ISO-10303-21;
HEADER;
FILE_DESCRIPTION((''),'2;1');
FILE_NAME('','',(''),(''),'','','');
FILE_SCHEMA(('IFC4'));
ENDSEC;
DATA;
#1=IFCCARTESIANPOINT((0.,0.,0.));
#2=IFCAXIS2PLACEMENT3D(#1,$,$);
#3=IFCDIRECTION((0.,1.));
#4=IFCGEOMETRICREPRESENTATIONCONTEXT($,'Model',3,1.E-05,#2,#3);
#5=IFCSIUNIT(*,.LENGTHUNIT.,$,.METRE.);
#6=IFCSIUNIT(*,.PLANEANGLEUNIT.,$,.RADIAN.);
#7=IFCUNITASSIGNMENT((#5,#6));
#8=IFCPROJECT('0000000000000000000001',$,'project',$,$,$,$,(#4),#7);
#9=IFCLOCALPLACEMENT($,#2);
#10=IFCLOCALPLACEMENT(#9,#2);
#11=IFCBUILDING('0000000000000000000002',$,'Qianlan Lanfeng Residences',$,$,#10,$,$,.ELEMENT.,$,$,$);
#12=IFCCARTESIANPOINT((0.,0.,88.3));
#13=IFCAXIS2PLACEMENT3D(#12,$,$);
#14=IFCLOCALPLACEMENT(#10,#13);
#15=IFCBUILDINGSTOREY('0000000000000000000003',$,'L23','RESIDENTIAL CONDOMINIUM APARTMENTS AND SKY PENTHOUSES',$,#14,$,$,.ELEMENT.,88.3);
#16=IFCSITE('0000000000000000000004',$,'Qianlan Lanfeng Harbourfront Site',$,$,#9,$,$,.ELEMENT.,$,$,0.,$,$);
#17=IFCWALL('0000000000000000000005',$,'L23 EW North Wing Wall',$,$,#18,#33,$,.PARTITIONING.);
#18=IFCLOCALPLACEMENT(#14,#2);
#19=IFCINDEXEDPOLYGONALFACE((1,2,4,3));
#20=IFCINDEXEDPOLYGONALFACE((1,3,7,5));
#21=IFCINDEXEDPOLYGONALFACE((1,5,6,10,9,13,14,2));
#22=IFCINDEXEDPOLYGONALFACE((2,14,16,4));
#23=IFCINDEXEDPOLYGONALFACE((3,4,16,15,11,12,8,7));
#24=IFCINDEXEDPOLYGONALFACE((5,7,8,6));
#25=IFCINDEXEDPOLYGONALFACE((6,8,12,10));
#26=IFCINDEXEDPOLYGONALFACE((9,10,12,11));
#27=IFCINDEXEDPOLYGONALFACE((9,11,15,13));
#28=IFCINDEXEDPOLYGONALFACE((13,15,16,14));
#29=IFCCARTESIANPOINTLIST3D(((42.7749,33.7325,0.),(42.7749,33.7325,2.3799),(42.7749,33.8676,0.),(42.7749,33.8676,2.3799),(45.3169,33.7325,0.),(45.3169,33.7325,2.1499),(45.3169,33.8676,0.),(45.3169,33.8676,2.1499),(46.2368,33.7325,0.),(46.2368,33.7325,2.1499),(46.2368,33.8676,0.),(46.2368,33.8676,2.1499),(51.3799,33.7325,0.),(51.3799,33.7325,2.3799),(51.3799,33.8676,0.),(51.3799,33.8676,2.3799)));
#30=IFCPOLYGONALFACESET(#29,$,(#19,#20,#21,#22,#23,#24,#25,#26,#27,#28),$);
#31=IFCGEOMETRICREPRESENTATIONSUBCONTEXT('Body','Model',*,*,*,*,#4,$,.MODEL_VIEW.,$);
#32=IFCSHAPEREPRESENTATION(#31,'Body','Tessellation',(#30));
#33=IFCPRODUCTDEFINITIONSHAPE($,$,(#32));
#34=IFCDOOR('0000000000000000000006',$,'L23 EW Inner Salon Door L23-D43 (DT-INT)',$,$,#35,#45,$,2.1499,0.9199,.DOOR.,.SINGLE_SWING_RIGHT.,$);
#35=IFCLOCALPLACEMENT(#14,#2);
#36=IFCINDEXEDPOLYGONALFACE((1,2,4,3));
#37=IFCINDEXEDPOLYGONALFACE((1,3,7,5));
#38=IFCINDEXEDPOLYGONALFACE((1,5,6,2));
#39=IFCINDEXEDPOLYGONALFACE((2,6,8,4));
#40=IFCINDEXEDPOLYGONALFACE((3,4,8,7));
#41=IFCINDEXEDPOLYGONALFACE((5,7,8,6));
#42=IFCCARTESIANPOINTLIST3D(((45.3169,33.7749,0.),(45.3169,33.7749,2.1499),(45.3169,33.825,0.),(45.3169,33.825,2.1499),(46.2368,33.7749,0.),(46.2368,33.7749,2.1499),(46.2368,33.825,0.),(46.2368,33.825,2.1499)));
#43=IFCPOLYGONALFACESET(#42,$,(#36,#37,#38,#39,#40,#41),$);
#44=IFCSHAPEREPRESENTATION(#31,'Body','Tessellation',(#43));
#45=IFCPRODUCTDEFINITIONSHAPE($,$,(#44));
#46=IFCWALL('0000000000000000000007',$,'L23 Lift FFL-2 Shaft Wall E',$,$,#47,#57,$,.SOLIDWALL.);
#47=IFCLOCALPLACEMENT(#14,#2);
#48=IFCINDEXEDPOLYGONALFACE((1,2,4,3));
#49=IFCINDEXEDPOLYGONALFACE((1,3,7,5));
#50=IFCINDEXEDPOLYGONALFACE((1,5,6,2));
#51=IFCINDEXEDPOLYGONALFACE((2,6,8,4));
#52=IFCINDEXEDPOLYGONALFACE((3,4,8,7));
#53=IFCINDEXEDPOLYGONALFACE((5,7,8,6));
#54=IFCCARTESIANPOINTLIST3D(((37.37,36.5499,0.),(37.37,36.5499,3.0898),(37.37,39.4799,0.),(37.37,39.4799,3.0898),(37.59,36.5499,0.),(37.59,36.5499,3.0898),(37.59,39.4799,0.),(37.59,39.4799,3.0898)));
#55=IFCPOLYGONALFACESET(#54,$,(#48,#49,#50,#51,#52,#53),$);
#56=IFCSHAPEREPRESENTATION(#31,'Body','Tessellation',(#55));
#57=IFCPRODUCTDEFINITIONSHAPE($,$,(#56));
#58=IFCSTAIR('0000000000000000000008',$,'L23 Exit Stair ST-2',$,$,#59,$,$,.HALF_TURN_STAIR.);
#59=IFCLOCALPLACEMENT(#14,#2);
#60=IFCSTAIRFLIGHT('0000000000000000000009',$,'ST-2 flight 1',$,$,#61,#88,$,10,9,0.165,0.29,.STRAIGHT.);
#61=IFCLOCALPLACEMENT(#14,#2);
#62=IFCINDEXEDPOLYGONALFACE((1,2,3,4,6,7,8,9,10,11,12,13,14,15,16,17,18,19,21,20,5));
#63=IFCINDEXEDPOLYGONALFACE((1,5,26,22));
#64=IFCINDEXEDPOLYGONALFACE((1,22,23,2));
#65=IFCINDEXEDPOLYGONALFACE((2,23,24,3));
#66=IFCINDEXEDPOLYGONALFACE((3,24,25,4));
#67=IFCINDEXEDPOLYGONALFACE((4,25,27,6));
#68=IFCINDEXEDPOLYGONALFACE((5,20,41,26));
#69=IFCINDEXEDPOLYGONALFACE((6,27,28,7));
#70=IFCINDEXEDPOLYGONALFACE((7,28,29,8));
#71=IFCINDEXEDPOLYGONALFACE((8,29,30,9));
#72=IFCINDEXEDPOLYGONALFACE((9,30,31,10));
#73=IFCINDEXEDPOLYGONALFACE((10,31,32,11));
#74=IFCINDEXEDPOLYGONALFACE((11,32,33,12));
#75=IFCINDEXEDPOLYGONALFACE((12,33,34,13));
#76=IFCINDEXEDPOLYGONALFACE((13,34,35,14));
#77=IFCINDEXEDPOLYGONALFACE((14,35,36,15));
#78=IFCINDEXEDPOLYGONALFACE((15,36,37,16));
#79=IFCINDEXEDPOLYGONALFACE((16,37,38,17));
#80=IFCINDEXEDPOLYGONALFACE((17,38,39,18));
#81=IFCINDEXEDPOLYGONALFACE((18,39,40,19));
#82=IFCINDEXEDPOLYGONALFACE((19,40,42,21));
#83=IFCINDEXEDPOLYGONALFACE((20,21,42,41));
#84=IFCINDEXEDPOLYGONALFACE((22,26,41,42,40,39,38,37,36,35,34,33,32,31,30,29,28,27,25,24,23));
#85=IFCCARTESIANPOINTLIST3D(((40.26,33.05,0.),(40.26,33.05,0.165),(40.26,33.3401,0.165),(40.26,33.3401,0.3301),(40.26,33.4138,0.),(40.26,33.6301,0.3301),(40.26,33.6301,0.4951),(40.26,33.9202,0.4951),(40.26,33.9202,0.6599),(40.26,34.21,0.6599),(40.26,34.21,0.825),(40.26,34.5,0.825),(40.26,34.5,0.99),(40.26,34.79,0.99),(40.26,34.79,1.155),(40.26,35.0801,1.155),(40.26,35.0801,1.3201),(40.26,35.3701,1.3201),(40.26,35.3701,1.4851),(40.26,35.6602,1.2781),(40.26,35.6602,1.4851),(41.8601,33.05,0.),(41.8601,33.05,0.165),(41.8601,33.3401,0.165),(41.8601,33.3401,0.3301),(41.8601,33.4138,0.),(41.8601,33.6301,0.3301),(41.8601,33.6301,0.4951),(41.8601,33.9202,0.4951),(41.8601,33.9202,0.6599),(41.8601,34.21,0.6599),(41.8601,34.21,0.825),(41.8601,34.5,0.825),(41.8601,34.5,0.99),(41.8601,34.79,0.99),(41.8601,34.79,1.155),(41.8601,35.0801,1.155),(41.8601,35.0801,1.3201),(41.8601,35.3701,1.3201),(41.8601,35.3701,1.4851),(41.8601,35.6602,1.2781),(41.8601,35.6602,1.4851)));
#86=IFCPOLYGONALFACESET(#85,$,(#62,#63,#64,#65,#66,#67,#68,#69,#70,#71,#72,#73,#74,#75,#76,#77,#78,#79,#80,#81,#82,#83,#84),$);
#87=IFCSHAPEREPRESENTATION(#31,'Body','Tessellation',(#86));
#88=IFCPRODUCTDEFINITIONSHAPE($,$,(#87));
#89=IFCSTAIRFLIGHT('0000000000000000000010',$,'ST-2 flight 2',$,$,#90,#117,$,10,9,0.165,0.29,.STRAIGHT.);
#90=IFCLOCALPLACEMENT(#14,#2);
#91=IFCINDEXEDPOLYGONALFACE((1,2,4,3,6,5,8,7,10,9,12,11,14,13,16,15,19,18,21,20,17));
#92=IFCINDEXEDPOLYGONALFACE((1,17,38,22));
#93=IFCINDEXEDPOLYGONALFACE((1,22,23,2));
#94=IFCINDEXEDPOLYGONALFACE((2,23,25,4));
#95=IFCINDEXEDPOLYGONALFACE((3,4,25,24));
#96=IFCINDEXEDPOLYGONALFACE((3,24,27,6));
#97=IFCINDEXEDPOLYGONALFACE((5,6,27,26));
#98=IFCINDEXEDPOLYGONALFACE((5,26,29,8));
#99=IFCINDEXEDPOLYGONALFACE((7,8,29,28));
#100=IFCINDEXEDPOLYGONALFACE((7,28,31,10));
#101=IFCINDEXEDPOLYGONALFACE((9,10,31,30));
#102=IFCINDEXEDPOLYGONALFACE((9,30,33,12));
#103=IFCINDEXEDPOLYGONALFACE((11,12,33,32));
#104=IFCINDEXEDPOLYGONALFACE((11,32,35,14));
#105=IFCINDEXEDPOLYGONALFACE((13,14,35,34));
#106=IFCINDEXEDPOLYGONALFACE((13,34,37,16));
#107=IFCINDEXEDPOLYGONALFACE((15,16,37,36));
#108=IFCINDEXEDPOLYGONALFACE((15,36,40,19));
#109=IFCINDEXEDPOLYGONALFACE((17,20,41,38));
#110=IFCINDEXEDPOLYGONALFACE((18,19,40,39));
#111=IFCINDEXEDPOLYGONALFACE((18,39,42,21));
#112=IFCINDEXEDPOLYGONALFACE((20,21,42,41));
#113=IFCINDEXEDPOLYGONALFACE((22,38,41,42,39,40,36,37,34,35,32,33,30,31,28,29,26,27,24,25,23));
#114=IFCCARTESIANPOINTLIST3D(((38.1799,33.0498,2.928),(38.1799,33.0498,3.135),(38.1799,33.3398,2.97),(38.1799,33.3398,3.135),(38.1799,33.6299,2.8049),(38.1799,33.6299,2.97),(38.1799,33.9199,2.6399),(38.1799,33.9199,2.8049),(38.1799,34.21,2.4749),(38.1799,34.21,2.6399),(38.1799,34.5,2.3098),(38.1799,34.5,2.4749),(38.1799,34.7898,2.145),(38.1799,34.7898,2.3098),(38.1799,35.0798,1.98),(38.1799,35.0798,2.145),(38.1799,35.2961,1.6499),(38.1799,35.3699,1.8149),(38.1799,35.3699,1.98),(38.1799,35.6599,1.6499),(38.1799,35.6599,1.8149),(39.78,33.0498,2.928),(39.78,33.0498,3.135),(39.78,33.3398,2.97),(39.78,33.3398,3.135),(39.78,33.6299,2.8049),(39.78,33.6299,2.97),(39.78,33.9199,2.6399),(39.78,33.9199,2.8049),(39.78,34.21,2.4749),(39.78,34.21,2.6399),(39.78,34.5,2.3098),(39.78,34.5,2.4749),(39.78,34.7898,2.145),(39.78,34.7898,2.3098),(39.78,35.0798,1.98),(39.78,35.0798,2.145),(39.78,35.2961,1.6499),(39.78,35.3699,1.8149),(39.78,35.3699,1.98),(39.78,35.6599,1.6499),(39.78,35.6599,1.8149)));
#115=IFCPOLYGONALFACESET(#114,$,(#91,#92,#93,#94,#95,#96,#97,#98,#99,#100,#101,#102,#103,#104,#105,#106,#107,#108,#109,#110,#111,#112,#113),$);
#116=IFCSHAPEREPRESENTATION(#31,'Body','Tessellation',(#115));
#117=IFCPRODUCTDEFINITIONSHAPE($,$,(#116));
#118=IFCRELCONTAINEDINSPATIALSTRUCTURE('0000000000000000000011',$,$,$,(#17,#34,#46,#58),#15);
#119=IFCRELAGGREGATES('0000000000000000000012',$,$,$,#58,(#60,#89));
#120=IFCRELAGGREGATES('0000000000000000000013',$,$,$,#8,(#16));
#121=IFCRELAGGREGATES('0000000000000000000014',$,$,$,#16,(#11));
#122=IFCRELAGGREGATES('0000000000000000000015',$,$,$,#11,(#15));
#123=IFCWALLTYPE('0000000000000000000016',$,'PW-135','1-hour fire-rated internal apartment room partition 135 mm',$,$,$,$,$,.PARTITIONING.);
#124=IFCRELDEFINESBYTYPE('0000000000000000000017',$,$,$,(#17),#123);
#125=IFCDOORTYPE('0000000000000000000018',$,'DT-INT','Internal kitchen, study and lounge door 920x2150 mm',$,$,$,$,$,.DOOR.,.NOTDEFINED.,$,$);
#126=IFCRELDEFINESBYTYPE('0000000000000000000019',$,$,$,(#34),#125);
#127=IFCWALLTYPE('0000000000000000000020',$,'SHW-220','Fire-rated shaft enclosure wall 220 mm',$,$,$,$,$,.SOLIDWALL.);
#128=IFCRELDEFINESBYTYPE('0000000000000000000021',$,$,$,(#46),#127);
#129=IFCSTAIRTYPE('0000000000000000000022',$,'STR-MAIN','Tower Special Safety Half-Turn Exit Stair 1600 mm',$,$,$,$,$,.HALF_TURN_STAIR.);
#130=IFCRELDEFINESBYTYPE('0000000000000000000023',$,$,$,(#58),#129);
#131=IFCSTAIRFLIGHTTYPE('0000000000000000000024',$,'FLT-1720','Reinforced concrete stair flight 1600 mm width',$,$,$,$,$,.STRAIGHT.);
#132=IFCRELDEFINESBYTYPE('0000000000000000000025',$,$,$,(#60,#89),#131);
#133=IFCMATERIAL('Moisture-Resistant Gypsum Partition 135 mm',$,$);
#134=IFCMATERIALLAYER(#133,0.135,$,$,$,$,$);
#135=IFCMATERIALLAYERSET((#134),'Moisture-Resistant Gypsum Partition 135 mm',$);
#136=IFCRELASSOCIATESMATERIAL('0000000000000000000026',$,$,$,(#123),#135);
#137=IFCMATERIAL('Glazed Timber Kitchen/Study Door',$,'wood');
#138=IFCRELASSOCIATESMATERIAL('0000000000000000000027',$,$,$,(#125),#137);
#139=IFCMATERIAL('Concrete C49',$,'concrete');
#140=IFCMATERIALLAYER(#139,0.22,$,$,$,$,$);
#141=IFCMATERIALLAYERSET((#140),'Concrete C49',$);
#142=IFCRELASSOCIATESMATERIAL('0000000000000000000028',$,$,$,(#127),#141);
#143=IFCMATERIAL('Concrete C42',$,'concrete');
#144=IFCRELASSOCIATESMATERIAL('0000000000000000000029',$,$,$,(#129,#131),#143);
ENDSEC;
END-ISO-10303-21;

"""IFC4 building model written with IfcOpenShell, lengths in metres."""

from ifc_helpers import new_model, si_unit, direction, frame, frame_2d, origin, place, context, subcontext, project, spatial, polyline, rectangle, outline, extrude, material, layer, layer_set, type_object, element, fill, aggregate, save


model = new_model("IFC4")

# Units and contexts
model_context = context("Model", 3, precision=1e-05, world=origin(), true_north=direction((0.0, 1.0)))
body_context = subcontext(model_context, "Body", "Model", "MODEL_VIEW")
ifc_project = project(units=[si_unit("LENGTHUNIT", "METRE"), si_unit("PLANEANGLEUNIT", "RADIAN")], contexts=[model_context])

# Site, building, storey
site_placement = place(None, origin())
site = spatial("IfcSite", under=ifc_project, at=site_placement, Name="Qianlan Lanfeng Harbourfront Site", CompositionType="ELEMENT", RefElevation=0.0)
building_placement = place(site_placement, origin())
building = spatial("IfcBuilding", under=site, at=building_placement, Name="Qianlan Lanfeng Residences", CompositionType="ELEMENT")
storey_placement = place(building_placement, frame((0.0, 0.0, 88.3)))
storey = spatial("IfcBuildingStorey", under=building, at=storey_placement, Name="L23", Description="RESIDENTIAL CONDOMINIUM APARTMENTS AND SKY PENTHOUSES", CompositionType="ELEMENT", Elevation=88.3)

# Shared definitions
ifc_material_1 = material(Name="Concrete C42", Category="concrete")

# Wall, opening, door
ifc_material_2 = material(Name="Moisture-Resistant Gypsum Partition 135 mm")
ifc_layer_1 = layer(ifc_material_2, 0.135)
ifc_layer_set_1 = layer_set([ifc_layer_1], Name="Moisture-Resistant Gypsum Partition 135 mm")
wall_type_1 = type_object("IfcWallType", Name="PW-135", Description="1-hour fire-rated internal apartment room partition 135 mm", PredefinedType="PARTITIONING", material=ifc_layer_set_1)
wall_1_placement = place(storey_placement, frame((42.7749, 33.8, 0.0), z_axis=(0.0, 0.0, 1.0), x_axis=(1.0, 0.0, 0.0)))
wall_1 = element("IfcWall", 1, at=wall_1_placement, inside=storey, type_object=wall_type_1, Name="L23 EW North Wing Wall", PredefinedType="PARTITIONING", context=body_context, shape_type="SweptSolid", body=[
    extrude(rectangle(XDim=8.605, YDim=0.135, at=frame_2d((4.3025, 0.0))), origin(), (0.0, 0.0, 1.0), 2.3799),
])
opening_1_placement = place(wall_1_placement, frame((2.542, 0.0, 0.0)))
opening_1 = element("IfcOpeningElement", 2, at=opening_1_placement, cuts=wall_1, PredefinedType="OPENING", context=body_context, shape_type="SweptSolid", body=[
    extrude(rectangle(XDim=0.9199, YDim=2.1499, at=frame_2d((0.46, 1.075))), frame((0.0, 0.0776, 0.0), z_axis=(0.0, -1.0, 0.0), x_axis=(1.0, 0.0, 0.0)), (0.0, 0.0, 1.0), 0.155),
])
ifc_material_3 = material(Name="Glazed Timber Kitchen/Study Door", Category="wood")
door_type_1 = type_object("IfcDoorType", Name="DT-INT", Description="Internal kitchen, study and lounge door 920x2150 mm", OperationType="NOTDEFINED", PredefinedType="DOOR", material=ifc_material_3)
door_1_placement = place(opening_1_placement, origin())
door_1 = element("IfcDoor", 3, at=door_1_placement, inside=storey, type_object=door_type_1, Name="L23 EW Inner Salon Door L23-D43 (DT-INT)", OperationType="SINGLE_SWING_RIGHT", OverallHeight=2.1499, OverallWidth=0.9199, PredefinedType="DOOR", context=body_context, shape_type="SweptSolid", body=[
    extrude(rectangle(XDim=0.9199, YDim=2.1499, at=frame_2d((0.46, 1.075))), frame((0.0, 0.0249, 0.0), z_axis=(0.0, -1.0, 0.0), x_axis=(1.0, 0.0, 0.0)), (0.0, 0.0, 1.0), 0.05),
])
fill(opening_1, door_1)

# Wall
ifc_material_4 = material(Name="Concrete C49", Category="concrete")
ifc_layer_2 = layer(ifc_material_4, 0.22)
ifc_layer_set_2 = layer_set([ifc_layer_2], Name="Concrete C49")
wall_type_2 = type_object("IfcWallType", Name="SHW-220", Description="Fire-rated shaft enclosure wall 220 mm", PredefinedType="SOLIDWALL", material=ifc_layer_set_2)
wall_2_placement = place(storey_placement, frame((37.48, 36.55, 0.0), z_axis=(0.0, 0.0, 1.0), x_axis=(0.0, 1.0, 0.0)))
element("IfcWall", 4, at=wall_2_placement, inside=storey, type_object=wall_type_2, Name="L23 Lift FFL-2 Shaft Wall E", PredefinedType="SOLIDWALL", context=body_context, shape_type="SweptSolid", body=[
    extrude(rectangle(XDim=2.9299, YDim=0.22, at=frame_2d((1.4648, 0.0))), origin(), (0.0, 0.0, 1.0), 3.0898),
])

# Stair, stair flights
stair_type = type_object("IfcStairType", Name="STR-MAIN", Description="Tower Special Safety Half-Turn Exit Stair 1600 mm", PredefinedType="HALF_TURN_STAIR", material=ifc_material_1)
stair_placement = place(storey_placement, origin())
stair = element("IfcStair", 5, at=stair_placement, inside=storey, type_object=stair_type, Name="L23 Exit Stair ST-2", PredefinedType="HALF_TURN_STAIR")
stair_flight_type = type_object("IfcStairFlightType", Name="FLT-1720", Description="Reinforced concrete stair flight 1600 mm width", PredefinedType="STRAIGHT", material=ifc_material_1)
stair_flight_1_placement = place(storey_placement, frame((41.0601, 33.05, 0.0), z_axis=(0.0, 0.0, 1.0), x_axis=(0.0, 1.0, 0.0)))
stair_flight_1 = element("IfcStairFlight", 6, at=stair_flight_1_placement, type_object=stair_flight_type, Name="ST-2 flight 1", NumberOfRisers=10, NumberOfTreads=9, PredefinedType="STRAIGHT", RiserHeight=0.165, TreadLength=0.29, context=body_context, shape_type="SweptSolid", body=[
    extrude(outline(polyline([(0.0, 0.0), (0.0, 0.165), (0.29, 0.165), (0.29, 0.3301), (0.5801, 0.3301), (0.5801, 0.4951), (0.8701, 0.4951), (0.8701, 0.6599), (1.1599, 0.6599), (1.1599, 0.825), (1.45, 0.825), (1.45, 0.99), (1.74, 0.99), (1.74, 1.155), (2.03, 1.155), (2.03, 1.3201), (2.3201, 1.3201), (2.3201, 1.4851), (2.6101, 1.4851), (2.6101, 1.6499), (2.6101, 1.2781), (0.3638, 0.0), (0.0, 0.0)])), frame((0.0, 0.8, 0.0), z_axis=(0.0, -1.0, 0.0), x_axis=(1.0, 0.0, 0.0)), (0.0, 0.0, 1.0), 1.6001),
])
stair_flight_2_placement = place(storey_placement, frame((38.98, 35.6599, 1.6499), z_axis=(0.0, 0.0, 1.0), x_axis=(0.0, -1.0, 0.0)))
stair_flight_2 = element("IfcStairFlight", 7, at=stair_flight_2_placement, type_object=stair_flight_type, Name="ST-2 flight 2", NumberOfRisers=10, NumberOfTreads=9, PredefinedType="STRAIGHT", RiserHeight=0.165, TreadLength=0.29, context=body_context, shape_type="SweptSolid", body=[
    extrude(outline(polyline([(0.0, 0.0), (0.0, 0.165), (0.29, 0.165), (0.29, 0.3301), (0.5801, 0.3301), (0.5801, 0.4951), (0.8701, 0.4951), (0.8701, 0.6599), (1.1599, 0.6599), (1.1599, 0.825), (1.45, 0.825), (1.45, 0.99), (1.74, 0.99), (1.74, 1.155), (2.03, 1.155), (2.03, 1.3201), (2.3201, 1.3201), (2.3201, 1.4851), (2.6101, 1.4851), (2.6101, 1.6499), (2.6101, 1.2781), (0.3638, 0.0), (0.0, 0.0)])), frame((0.0, 0.8, 0.0), z_axis=(0.0, -1.0, 0.0), x_axis=(1.0, 0.0, 0.0)), (0.0, 0.0, 1.0), 1.6001),
])
aggregate(stair, [stair_flight_1, stair_flight_2])

save(model, "model.ifc")
